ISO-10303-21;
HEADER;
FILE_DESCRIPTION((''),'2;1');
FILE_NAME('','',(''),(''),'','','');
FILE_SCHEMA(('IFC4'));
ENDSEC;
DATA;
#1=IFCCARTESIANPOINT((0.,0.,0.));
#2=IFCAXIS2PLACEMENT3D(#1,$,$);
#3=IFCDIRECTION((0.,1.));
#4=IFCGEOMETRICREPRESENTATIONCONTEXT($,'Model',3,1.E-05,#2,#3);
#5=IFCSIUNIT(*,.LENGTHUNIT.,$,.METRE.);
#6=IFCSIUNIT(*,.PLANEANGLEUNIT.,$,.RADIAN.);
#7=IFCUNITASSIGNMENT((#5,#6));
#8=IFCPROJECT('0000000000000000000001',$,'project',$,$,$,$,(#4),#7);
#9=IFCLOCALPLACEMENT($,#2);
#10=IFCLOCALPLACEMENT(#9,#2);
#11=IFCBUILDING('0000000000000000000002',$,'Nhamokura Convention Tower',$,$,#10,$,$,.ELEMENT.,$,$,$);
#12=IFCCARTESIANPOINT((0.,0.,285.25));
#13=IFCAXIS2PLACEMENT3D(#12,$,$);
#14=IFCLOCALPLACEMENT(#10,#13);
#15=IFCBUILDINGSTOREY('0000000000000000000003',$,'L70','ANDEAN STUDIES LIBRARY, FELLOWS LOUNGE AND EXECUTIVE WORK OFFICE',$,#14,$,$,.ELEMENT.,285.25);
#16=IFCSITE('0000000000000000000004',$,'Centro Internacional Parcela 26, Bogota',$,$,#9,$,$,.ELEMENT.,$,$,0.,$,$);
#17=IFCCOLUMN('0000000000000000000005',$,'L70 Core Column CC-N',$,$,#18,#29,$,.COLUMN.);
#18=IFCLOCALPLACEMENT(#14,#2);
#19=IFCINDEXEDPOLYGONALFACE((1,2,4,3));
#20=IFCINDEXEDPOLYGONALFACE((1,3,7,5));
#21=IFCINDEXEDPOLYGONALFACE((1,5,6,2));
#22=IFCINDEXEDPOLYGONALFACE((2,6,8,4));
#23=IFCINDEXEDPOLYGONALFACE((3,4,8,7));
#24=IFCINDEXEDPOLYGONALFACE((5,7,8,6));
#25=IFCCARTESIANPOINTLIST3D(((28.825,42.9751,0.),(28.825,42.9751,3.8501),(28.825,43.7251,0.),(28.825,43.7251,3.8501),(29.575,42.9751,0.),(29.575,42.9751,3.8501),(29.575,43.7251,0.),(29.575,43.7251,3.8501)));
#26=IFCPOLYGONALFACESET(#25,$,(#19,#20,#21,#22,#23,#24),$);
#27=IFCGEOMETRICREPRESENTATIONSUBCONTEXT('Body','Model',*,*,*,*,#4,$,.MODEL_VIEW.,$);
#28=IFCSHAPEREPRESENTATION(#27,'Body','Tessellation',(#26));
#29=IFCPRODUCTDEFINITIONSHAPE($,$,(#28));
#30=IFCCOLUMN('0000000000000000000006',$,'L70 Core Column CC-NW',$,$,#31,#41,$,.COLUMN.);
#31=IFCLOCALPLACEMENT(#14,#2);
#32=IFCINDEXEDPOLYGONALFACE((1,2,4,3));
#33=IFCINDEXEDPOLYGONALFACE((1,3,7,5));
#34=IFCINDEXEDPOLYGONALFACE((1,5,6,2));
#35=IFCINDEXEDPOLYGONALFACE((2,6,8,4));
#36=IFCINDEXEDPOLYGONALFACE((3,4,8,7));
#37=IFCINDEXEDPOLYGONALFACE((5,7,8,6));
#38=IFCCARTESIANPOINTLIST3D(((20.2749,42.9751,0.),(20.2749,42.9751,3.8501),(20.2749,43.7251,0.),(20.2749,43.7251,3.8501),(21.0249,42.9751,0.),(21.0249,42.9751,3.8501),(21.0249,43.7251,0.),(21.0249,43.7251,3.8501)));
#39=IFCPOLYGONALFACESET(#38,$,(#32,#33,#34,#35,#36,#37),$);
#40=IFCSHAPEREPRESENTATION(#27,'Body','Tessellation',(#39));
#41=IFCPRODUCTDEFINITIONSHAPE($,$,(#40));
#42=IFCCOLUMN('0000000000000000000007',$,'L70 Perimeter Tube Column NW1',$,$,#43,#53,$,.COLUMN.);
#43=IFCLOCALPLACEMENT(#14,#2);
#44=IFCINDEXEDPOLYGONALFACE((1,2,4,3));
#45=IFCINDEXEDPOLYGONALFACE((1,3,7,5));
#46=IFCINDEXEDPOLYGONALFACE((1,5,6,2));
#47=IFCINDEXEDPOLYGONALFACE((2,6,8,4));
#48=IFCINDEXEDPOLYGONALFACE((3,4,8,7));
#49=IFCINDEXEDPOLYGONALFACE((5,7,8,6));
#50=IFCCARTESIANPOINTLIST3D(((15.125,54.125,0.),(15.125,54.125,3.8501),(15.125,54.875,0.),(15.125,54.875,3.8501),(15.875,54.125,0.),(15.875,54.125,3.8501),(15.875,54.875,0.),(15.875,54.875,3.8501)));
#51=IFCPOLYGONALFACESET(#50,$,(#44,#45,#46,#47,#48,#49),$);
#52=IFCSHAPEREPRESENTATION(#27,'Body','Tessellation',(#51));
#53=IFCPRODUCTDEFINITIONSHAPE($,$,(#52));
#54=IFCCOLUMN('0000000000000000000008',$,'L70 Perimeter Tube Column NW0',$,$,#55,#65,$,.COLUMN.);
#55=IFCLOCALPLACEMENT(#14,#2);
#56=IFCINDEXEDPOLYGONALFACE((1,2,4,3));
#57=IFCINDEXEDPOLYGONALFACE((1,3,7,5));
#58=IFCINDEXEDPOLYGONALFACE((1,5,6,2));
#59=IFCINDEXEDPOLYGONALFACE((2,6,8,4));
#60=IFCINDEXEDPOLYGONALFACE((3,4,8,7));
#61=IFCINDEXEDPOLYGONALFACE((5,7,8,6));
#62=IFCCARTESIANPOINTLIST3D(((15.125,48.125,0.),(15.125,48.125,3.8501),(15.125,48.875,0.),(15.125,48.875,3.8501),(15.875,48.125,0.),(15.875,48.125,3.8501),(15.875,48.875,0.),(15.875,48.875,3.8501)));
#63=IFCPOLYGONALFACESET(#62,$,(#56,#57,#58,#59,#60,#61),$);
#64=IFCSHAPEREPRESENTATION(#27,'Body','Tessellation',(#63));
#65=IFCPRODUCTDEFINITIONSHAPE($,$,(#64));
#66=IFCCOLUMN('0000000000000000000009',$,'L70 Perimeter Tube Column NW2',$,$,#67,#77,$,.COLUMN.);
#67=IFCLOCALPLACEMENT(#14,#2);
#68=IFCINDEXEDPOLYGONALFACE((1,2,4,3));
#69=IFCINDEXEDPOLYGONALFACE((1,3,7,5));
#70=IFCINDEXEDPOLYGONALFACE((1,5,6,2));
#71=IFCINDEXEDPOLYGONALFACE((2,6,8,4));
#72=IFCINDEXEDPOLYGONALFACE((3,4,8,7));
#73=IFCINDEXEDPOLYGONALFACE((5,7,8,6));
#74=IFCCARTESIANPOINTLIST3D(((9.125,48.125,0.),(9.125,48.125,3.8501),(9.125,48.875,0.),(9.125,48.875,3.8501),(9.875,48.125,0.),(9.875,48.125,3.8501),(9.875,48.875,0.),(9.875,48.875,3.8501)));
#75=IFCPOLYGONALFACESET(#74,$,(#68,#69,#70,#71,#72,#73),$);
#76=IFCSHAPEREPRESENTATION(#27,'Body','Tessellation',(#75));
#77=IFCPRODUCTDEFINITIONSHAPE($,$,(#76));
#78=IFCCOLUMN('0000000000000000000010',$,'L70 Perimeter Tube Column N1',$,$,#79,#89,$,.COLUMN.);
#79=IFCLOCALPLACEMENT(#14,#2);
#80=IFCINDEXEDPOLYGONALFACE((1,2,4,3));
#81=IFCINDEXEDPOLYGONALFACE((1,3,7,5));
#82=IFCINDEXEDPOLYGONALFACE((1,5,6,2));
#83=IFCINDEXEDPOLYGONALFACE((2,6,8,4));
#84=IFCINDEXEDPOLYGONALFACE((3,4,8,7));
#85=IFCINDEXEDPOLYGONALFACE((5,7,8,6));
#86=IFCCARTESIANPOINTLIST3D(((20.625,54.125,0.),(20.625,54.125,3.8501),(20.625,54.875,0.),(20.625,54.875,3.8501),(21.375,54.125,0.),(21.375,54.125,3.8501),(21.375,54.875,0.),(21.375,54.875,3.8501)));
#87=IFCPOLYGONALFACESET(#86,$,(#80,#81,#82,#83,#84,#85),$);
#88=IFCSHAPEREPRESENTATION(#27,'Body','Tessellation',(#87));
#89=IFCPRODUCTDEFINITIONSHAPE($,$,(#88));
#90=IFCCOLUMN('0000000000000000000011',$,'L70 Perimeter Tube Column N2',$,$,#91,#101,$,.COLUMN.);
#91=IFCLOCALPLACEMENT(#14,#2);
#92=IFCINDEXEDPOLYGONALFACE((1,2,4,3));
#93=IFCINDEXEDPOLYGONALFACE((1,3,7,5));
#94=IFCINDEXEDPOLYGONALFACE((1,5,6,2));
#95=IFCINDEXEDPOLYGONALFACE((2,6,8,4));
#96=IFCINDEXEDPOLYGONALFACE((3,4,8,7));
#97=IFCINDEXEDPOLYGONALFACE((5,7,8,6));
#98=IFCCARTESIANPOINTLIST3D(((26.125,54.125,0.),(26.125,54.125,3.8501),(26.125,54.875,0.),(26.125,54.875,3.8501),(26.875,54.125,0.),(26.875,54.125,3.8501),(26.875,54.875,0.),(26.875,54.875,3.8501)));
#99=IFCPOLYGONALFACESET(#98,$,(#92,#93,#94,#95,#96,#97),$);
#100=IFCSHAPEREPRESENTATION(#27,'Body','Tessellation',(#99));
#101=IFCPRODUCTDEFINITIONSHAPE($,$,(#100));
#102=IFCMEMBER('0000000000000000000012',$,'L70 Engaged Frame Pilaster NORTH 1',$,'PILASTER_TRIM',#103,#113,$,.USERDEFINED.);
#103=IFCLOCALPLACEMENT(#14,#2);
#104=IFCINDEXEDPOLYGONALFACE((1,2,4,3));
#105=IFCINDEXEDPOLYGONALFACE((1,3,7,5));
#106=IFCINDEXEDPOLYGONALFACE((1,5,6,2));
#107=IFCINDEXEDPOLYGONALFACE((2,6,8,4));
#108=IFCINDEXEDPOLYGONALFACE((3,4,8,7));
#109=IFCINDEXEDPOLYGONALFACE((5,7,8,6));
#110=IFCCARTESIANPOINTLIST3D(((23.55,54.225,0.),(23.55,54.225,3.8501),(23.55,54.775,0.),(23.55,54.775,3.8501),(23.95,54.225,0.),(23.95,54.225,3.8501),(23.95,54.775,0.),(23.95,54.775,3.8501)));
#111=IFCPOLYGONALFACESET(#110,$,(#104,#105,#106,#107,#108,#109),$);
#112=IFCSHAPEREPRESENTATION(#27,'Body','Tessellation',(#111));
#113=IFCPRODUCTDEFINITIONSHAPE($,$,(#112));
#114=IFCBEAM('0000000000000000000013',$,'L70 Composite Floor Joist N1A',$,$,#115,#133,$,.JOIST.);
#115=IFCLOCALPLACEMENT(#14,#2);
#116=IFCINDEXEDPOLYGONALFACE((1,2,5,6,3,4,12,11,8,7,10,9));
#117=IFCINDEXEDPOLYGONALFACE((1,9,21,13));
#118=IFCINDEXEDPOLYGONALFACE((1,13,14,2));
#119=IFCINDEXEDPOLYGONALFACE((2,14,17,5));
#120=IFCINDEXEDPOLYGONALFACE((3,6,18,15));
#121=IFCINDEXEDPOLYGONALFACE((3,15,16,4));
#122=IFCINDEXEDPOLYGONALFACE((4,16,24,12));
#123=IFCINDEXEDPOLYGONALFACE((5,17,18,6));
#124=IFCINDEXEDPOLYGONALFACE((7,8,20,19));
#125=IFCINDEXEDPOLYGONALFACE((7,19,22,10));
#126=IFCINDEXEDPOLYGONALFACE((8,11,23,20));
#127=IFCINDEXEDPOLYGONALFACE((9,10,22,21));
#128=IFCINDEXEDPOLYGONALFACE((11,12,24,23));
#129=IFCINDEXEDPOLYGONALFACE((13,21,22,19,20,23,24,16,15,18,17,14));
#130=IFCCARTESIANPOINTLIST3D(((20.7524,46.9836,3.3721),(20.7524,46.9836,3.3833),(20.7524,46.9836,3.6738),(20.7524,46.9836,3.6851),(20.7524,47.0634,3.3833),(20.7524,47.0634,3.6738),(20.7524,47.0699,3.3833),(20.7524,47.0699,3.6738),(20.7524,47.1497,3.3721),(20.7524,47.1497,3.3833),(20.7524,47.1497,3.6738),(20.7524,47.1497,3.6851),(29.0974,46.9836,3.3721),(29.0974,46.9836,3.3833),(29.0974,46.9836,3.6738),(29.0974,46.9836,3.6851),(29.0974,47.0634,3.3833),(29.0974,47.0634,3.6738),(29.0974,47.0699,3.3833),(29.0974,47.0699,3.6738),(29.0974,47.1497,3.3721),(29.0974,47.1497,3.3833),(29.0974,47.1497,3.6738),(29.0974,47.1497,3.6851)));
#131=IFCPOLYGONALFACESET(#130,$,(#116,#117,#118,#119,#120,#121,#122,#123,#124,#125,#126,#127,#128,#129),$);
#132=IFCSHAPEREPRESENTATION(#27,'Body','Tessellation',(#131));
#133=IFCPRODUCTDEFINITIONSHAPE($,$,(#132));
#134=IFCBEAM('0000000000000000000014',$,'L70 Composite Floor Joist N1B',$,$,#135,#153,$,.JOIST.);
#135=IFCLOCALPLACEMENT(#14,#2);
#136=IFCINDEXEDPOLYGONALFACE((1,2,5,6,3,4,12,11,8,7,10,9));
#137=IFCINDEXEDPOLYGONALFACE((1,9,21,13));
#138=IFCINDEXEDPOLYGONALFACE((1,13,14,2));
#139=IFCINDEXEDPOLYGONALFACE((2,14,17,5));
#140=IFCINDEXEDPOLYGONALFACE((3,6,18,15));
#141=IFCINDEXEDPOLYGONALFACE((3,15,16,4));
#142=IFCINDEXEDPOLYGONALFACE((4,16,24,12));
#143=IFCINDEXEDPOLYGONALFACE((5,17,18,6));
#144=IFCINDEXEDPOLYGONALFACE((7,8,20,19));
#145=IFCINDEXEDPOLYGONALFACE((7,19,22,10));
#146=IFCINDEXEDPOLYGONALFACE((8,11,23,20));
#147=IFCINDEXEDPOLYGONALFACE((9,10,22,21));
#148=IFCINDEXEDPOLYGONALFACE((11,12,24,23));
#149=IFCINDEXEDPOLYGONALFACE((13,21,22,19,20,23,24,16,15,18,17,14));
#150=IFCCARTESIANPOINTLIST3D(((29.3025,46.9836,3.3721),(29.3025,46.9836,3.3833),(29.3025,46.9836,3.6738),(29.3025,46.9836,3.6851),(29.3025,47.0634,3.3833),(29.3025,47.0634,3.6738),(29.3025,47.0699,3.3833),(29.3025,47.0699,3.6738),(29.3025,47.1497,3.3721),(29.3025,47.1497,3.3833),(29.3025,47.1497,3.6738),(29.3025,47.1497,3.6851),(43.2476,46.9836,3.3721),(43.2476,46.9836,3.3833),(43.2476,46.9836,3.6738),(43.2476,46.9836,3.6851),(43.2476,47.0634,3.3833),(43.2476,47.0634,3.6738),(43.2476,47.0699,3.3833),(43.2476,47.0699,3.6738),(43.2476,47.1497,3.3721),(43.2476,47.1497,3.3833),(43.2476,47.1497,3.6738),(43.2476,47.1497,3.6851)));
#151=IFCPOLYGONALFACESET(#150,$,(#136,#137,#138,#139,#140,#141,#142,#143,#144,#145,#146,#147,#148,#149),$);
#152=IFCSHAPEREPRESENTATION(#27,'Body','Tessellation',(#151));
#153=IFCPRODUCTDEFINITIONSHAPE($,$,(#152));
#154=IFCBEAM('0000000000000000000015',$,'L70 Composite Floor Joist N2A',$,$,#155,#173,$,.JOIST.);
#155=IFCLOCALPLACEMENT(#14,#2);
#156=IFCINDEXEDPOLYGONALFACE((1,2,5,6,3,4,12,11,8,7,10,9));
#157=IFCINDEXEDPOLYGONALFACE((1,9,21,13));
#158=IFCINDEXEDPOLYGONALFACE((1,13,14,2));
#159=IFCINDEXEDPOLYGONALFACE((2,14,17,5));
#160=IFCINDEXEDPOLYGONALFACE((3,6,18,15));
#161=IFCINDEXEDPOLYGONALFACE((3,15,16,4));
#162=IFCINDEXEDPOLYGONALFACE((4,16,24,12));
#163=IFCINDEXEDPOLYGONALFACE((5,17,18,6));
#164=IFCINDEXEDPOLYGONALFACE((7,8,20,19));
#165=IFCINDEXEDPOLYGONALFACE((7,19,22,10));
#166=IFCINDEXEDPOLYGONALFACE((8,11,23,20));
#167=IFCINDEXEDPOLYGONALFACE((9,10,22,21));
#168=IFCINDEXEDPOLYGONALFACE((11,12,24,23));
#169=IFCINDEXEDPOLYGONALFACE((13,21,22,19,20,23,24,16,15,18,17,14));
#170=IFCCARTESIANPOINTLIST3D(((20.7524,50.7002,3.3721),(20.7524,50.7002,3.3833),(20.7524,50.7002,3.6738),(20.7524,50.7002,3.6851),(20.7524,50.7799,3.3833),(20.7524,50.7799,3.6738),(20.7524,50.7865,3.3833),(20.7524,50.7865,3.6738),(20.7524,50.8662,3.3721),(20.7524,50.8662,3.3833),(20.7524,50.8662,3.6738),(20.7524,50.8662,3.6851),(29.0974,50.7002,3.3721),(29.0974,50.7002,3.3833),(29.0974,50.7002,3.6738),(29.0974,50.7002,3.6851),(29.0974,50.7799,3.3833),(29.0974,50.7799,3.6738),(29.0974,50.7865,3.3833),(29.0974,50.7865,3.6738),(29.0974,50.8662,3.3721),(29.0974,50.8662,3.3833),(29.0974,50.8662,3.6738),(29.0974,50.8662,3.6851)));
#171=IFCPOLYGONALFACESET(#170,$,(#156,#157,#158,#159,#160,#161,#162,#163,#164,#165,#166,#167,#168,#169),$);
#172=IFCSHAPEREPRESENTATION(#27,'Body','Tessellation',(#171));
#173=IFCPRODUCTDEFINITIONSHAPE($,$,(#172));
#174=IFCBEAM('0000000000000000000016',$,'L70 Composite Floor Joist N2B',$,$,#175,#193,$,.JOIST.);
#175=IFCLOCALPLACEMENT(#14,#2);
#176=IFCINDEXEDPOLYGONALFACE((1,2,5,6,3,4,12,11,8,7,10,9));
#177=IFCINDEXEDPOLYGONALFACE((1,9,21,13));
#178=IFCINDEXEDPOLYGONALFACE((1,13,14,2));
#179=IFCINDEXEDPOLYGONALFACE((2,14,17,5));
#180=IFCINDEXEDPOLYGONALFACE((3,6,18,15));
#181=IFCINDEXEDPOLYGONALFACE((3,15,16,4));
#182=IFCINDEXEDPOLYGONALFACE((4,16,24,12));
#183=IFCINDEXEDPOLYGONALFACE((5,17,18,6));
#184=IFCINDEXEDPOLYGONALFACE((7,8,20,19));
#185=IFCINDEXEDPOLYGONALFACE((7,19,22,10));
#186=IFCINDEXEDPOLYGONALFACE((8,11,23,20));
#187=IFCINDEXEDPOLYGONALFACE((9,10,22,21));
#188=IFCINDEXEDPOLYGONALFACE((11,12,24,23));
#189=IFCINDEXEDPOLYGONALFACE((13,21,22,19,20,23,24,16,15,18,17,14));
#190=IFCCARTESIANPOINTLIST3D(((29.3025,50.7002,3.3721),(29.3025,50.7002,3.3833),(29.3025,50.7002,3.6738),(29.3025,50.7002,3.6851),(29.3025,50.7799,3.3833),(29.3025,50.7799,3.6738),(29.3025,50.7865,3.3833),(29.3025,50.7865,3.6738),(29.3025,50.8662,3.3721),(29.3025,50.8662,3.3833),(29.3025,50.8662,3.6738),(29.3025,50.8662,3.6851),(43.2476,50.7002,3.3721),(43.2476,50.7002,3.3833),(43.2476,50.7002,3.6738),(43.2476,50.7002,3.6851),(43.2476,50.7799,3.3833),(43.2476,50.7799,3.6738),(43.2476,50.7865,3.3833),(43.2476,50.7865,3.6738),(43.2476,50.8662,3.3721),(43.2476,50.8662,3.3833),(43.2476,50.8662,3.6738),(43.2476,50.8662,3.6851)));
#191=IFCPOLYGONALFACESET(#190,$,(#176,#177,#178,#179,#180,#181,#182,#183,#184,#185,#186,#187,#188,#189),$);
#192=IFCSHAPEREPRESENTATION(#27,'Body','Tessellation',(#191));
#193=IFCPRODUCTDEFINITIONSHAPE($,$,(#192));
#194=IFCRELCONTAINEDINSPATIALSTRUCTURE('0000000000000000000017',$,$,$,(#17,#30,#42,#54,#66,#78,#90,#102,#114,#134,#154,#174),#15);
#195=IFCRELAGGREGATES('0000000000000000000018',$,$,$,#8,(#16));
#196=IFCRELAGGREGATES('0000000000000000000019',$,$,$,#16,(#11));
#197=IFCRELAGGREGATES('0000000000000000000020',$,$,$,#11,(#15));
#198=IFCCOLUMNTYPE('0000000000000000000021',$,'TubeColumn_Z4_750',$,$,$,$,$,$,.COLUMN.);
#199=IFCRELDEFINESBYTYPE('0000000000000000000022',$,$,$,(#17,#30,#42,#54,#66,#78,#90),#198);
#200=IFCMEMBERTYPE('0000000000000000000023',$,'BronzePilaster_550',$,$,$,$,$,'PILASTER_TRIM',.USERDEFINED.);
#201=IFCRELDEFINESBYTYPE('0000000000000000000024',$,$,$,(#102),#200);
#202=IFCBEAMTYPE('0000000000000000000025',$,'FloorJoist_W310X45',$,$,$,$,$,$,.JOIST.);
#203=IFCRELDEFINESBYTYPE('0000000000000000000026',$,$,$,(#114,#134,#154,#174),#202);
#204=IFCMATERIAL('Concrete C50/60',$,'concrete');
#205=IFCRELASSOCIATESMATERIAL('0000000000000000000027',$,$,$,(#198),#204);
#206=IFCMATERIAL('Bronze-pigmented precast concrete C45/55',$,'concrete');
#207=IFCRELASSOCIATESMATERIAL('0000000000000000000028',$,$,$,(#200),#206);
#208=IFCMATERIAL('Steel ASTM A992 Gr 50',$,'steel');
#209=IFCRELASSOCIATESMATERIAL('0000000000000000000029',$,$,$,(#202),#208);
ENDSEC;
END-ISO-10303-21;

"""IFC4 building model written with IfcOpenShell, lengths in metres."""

from ifc_helpers import new_model, si_unit, direction, frame, origin, origin_2d, place, context, subcontext, project, spatial, rectangle, i_section, extrude, material, material_profile, profile_set, type_object, element, save


model = new_model("IFC4")

# Units and contexts
model_context = context("Model", 3, precision=1e-05, world=origin(), true_north=direction((0.0, 1.0)))
body_context = subcontext(model_context, "Body", "Model", "MODEL_VIEW")
ifc_project = project(units=[si_unit("LENGTHUNIT", "METRE"), si_unit("PLANEANGLEUNIT", "RADIAN")], contexts=[model_context])

# Site, building, storey
site_placement = place(None, origin())
site = spatial("IfcSite", under=ifc_project, at=site_placement, Name="Centro Internacional Parcela 26, Bogota", CompositionType="ELEMENT", RefElevation=0.0)
building_placement = place(site_placement, origin())
building = spatial("IfcBuilding", under=site, at=building_placement, Name="Nhamokura Convention Tower", CompositionType="ELEMENT")
storey_placement = place(building_placement, frame((0.0, 0.0, 285.25)))
storey = spatial("IfcBuildingStorey", under=building, at=storey_placement, Name="L70", Description="ANDEAN STUDIES LIBRARY, FELLOWS LOUNGE AND EXECUTIVE WORK OFFICE", CompositionType="ELEMENT", Elevation=285.25)

# Columns
ifc_material_1 = material(Name="Concrete C50/60", Category="concrete")
ifc_material_profile_1 = material_profile(ifc_material_1, rectangle(XDim=0.75, YDim=0.75, at=origin_2d()))
ifc_profile_set_1 = profile_set([ifc_material_profile_1], Name="Concrete C50/60")
column_type = type_object("IfcColumnType", Name="TubeColumn_Z4_750", PredefinedType="COLUMN", material=ifc_profile_set_1)
for number, where, z_axis, x_axis, name in (
    (1, (29.2, 43.3501, 0.0), (0.0, 0.0, 1.0), (1.0, 0.0, 0.0), "L70 Core Column CC-N"),
    (2, (20.6499, 43.3501, 0.0), (0.0, 0.0, 1.0), (1.0, 0.0, 0.0), "L70 Core Column CC-NW"),
    (3, (15.5, 54.5, 0.0), (0.0, 0.0, 1.0), (1.0, 0.0, 0.0), "L70 Perimeter Tube Column NW1"),
    (4, (15.5, 48.5, 0.0), (0.0, 0.0, 1.0), (1.0, 0.0, 0.0), "L70 Perimeter Tube Column NW0"),
    (5, (9.5, 48.5, 0.0), (0.0, 0.0, 1.0), (1.0, 0.0, 0.0), "L70 Perimeter Tube Column NW2"),
    (6, (21.0, 54.5, 0.0), (0.0, 0.0, 1.0), (1.0, 0.0, 0.0), "L70 Perimeter Tube Column N1"),
    (7, (26.5, 54.5, 0.0), (0.0, 0.0, 1.0), (1.0, 0.0, 0.0), "L70 Perimeter Tube Column N2"),
):
    element("IfcColumn", number, at=place(storey_placement, frame(where, z_axis=z_axis, x_axis=x_axis)), inside=storey, type_object=column_type, Name=name, PredefinedType="COLUMN", context=body_context, shape_type="SweptSolid", body=[
        extrude(rectangle(XDim=0.75, YDim=0.75, at=origin_2d()), origin(), (0.0, 0.0, 1.0), 3.8501),
    ])

# Member
ifc_material_2 = material(Name="Bronze-pigmented precast concrete C45/55", Category="concrete")
ifc_material_profile_2 = material_profile(ifc_material_2, rectangle(XDim=0.3999, YDim=0.55, at=origin_2d()))
ifc_profile_set_2 = profile_set([ifc_material_profile_2], Name="Bronze-pigmented precast concrete C45/55")
member_type_1 = type_object("IfcMemberType", Name="BronzePilaster_550", ElementType="PILASTER_TRIM", PredefinedType="USERDEFINED", material=ifc_profile_set_2)
member_1_placement = place(storey_placement, frame((23.75, 54.5, 0.0), z_axis=(0.0, 0.0, 1.0), x_axis=(1.0, 0.0, 0.0)))
element("IfcMember", 8, at=member_1_placement, inside=storey, type_object=member_type_1, Name="L70 Engaged Frame Pilaster NORTH 1", ObjectType="PILASTER_TRIM", PredefinedType="USERDEFINED", context=body_context, shape_type="SweptSolid", body=[
    extrude(rectangle(XDim=0.3999, YDim=0.55, at=origin_2d()), origin(), (0.0, 0.0, 1.0), 3.8501),
])

# Beams
ifc_material_3 = material(Name="Steel ASTM A992 Gr 50", Category="steel")
ifc_material_profile_3 = material_profile(ifc_material_3, i_section(OverallWidth=0.166, OverallDepth=0.313, WebThickness=0.0066, FlangeThickness=0.0112, at=origin_2d()))
ifc_profile_set_3 = profile_set([ifc_material_profile_3], Name="Steel ASTM A992 Gr 50")
beam_type_1 = type_object("IfcBeamType", Name="FloorJoist_W310X45", PredefinedType="JOIST", material=ifc_profile_set_3)
beam_1_placement = place(storey_placement, frame((20.7524, 47.0667, 3.5286), z_axis=(1.0, 0.0, 0.0), x_axis=(0.0, 1.0, 0.0)))
element("IfcBeam", 9, at=beam_1_placement, inside=storey, type_object=beam_type_1, Name="L70 Composite Floor Joist N1A", PredefinedType="JOIST", context=body_context, shape_type="SweptSolid", body=[
    extrude(i_section(OverallWidth=0.166, OverallDepth=0.313, WebThickness=0.0066, FlangeThickness=0.0112, at=origin_2d()), origin(), (0.0, 0.0, 1.0), 8.345),
])
beam_2_placement = place(storey_placement, frame((29.3025, 47.0667, 3.5286), z_axis=(1.0, 0.0, 0.0), x_axis=(0.0, 1.0, 0.0)))
element("IfcBeam", 10, at=beam_2_placement, inside=storey, type_object=beam_type_1, Name="L70 Composite Floor Joist N1B", PredefinedType="JOIST", context=body_context, shape_type="SweptSolid", body=[
    extrude(i_section(OverallWidth=0.166, OverallDepth=0.313, WebThickness=0.0066, FlangeThickness=0.0112, at=origin_2d()), origin(), (0.0, 0.0, 1.0), 13.9451),
])
beam_3_placement = place(storey_placement, frame((20.7524, 50.7832, 3.5286), z_axis=(1.0, 0.0, 0.0), x_axis=(0.0, 1.0, 0.0)))
element("IfcBeam", 11, at=beam_3_placement, inside=storey, type_object=beam_type_1, Name="L70 Composite Floor Joist N2A", PredefinedType="JOIST", context=body_context, shape_type="SweptSolid", body=[
    extrude(i_section(OverallWidth=0.166, OverallDepth=0.313, WebThickness=0.0066, FlangeThickness=0.0112, at=origin_2d()), origin(), (0.0, 0.0, 1.0), 8.345),
])
beam_4_placement = place(storey_placement, frame((29.3025, 50.7832, 3.5286), z_axis=(1.0, 0.0, 0.0), x_axis=(0.0, 1.0, 0.0)))
element("IfcBeam", 12, at=beam_4_placement, inside=storey, type_object=beam_type_1, Name="L70 Composite Floor Joist N2B", PredefinedType="JOIST", context=body_context, shape_type="SweptSolid", body=[
    extrude(i_section(OverallWidth=0.166, OverallDepth=0.313, WebThickness=0.0066, FlangeThickness=0.0112, at=origin_2d()), origin(), (0.0, 0.0, 1.0), 13.9451),
])

save(model, "model.ifc")
